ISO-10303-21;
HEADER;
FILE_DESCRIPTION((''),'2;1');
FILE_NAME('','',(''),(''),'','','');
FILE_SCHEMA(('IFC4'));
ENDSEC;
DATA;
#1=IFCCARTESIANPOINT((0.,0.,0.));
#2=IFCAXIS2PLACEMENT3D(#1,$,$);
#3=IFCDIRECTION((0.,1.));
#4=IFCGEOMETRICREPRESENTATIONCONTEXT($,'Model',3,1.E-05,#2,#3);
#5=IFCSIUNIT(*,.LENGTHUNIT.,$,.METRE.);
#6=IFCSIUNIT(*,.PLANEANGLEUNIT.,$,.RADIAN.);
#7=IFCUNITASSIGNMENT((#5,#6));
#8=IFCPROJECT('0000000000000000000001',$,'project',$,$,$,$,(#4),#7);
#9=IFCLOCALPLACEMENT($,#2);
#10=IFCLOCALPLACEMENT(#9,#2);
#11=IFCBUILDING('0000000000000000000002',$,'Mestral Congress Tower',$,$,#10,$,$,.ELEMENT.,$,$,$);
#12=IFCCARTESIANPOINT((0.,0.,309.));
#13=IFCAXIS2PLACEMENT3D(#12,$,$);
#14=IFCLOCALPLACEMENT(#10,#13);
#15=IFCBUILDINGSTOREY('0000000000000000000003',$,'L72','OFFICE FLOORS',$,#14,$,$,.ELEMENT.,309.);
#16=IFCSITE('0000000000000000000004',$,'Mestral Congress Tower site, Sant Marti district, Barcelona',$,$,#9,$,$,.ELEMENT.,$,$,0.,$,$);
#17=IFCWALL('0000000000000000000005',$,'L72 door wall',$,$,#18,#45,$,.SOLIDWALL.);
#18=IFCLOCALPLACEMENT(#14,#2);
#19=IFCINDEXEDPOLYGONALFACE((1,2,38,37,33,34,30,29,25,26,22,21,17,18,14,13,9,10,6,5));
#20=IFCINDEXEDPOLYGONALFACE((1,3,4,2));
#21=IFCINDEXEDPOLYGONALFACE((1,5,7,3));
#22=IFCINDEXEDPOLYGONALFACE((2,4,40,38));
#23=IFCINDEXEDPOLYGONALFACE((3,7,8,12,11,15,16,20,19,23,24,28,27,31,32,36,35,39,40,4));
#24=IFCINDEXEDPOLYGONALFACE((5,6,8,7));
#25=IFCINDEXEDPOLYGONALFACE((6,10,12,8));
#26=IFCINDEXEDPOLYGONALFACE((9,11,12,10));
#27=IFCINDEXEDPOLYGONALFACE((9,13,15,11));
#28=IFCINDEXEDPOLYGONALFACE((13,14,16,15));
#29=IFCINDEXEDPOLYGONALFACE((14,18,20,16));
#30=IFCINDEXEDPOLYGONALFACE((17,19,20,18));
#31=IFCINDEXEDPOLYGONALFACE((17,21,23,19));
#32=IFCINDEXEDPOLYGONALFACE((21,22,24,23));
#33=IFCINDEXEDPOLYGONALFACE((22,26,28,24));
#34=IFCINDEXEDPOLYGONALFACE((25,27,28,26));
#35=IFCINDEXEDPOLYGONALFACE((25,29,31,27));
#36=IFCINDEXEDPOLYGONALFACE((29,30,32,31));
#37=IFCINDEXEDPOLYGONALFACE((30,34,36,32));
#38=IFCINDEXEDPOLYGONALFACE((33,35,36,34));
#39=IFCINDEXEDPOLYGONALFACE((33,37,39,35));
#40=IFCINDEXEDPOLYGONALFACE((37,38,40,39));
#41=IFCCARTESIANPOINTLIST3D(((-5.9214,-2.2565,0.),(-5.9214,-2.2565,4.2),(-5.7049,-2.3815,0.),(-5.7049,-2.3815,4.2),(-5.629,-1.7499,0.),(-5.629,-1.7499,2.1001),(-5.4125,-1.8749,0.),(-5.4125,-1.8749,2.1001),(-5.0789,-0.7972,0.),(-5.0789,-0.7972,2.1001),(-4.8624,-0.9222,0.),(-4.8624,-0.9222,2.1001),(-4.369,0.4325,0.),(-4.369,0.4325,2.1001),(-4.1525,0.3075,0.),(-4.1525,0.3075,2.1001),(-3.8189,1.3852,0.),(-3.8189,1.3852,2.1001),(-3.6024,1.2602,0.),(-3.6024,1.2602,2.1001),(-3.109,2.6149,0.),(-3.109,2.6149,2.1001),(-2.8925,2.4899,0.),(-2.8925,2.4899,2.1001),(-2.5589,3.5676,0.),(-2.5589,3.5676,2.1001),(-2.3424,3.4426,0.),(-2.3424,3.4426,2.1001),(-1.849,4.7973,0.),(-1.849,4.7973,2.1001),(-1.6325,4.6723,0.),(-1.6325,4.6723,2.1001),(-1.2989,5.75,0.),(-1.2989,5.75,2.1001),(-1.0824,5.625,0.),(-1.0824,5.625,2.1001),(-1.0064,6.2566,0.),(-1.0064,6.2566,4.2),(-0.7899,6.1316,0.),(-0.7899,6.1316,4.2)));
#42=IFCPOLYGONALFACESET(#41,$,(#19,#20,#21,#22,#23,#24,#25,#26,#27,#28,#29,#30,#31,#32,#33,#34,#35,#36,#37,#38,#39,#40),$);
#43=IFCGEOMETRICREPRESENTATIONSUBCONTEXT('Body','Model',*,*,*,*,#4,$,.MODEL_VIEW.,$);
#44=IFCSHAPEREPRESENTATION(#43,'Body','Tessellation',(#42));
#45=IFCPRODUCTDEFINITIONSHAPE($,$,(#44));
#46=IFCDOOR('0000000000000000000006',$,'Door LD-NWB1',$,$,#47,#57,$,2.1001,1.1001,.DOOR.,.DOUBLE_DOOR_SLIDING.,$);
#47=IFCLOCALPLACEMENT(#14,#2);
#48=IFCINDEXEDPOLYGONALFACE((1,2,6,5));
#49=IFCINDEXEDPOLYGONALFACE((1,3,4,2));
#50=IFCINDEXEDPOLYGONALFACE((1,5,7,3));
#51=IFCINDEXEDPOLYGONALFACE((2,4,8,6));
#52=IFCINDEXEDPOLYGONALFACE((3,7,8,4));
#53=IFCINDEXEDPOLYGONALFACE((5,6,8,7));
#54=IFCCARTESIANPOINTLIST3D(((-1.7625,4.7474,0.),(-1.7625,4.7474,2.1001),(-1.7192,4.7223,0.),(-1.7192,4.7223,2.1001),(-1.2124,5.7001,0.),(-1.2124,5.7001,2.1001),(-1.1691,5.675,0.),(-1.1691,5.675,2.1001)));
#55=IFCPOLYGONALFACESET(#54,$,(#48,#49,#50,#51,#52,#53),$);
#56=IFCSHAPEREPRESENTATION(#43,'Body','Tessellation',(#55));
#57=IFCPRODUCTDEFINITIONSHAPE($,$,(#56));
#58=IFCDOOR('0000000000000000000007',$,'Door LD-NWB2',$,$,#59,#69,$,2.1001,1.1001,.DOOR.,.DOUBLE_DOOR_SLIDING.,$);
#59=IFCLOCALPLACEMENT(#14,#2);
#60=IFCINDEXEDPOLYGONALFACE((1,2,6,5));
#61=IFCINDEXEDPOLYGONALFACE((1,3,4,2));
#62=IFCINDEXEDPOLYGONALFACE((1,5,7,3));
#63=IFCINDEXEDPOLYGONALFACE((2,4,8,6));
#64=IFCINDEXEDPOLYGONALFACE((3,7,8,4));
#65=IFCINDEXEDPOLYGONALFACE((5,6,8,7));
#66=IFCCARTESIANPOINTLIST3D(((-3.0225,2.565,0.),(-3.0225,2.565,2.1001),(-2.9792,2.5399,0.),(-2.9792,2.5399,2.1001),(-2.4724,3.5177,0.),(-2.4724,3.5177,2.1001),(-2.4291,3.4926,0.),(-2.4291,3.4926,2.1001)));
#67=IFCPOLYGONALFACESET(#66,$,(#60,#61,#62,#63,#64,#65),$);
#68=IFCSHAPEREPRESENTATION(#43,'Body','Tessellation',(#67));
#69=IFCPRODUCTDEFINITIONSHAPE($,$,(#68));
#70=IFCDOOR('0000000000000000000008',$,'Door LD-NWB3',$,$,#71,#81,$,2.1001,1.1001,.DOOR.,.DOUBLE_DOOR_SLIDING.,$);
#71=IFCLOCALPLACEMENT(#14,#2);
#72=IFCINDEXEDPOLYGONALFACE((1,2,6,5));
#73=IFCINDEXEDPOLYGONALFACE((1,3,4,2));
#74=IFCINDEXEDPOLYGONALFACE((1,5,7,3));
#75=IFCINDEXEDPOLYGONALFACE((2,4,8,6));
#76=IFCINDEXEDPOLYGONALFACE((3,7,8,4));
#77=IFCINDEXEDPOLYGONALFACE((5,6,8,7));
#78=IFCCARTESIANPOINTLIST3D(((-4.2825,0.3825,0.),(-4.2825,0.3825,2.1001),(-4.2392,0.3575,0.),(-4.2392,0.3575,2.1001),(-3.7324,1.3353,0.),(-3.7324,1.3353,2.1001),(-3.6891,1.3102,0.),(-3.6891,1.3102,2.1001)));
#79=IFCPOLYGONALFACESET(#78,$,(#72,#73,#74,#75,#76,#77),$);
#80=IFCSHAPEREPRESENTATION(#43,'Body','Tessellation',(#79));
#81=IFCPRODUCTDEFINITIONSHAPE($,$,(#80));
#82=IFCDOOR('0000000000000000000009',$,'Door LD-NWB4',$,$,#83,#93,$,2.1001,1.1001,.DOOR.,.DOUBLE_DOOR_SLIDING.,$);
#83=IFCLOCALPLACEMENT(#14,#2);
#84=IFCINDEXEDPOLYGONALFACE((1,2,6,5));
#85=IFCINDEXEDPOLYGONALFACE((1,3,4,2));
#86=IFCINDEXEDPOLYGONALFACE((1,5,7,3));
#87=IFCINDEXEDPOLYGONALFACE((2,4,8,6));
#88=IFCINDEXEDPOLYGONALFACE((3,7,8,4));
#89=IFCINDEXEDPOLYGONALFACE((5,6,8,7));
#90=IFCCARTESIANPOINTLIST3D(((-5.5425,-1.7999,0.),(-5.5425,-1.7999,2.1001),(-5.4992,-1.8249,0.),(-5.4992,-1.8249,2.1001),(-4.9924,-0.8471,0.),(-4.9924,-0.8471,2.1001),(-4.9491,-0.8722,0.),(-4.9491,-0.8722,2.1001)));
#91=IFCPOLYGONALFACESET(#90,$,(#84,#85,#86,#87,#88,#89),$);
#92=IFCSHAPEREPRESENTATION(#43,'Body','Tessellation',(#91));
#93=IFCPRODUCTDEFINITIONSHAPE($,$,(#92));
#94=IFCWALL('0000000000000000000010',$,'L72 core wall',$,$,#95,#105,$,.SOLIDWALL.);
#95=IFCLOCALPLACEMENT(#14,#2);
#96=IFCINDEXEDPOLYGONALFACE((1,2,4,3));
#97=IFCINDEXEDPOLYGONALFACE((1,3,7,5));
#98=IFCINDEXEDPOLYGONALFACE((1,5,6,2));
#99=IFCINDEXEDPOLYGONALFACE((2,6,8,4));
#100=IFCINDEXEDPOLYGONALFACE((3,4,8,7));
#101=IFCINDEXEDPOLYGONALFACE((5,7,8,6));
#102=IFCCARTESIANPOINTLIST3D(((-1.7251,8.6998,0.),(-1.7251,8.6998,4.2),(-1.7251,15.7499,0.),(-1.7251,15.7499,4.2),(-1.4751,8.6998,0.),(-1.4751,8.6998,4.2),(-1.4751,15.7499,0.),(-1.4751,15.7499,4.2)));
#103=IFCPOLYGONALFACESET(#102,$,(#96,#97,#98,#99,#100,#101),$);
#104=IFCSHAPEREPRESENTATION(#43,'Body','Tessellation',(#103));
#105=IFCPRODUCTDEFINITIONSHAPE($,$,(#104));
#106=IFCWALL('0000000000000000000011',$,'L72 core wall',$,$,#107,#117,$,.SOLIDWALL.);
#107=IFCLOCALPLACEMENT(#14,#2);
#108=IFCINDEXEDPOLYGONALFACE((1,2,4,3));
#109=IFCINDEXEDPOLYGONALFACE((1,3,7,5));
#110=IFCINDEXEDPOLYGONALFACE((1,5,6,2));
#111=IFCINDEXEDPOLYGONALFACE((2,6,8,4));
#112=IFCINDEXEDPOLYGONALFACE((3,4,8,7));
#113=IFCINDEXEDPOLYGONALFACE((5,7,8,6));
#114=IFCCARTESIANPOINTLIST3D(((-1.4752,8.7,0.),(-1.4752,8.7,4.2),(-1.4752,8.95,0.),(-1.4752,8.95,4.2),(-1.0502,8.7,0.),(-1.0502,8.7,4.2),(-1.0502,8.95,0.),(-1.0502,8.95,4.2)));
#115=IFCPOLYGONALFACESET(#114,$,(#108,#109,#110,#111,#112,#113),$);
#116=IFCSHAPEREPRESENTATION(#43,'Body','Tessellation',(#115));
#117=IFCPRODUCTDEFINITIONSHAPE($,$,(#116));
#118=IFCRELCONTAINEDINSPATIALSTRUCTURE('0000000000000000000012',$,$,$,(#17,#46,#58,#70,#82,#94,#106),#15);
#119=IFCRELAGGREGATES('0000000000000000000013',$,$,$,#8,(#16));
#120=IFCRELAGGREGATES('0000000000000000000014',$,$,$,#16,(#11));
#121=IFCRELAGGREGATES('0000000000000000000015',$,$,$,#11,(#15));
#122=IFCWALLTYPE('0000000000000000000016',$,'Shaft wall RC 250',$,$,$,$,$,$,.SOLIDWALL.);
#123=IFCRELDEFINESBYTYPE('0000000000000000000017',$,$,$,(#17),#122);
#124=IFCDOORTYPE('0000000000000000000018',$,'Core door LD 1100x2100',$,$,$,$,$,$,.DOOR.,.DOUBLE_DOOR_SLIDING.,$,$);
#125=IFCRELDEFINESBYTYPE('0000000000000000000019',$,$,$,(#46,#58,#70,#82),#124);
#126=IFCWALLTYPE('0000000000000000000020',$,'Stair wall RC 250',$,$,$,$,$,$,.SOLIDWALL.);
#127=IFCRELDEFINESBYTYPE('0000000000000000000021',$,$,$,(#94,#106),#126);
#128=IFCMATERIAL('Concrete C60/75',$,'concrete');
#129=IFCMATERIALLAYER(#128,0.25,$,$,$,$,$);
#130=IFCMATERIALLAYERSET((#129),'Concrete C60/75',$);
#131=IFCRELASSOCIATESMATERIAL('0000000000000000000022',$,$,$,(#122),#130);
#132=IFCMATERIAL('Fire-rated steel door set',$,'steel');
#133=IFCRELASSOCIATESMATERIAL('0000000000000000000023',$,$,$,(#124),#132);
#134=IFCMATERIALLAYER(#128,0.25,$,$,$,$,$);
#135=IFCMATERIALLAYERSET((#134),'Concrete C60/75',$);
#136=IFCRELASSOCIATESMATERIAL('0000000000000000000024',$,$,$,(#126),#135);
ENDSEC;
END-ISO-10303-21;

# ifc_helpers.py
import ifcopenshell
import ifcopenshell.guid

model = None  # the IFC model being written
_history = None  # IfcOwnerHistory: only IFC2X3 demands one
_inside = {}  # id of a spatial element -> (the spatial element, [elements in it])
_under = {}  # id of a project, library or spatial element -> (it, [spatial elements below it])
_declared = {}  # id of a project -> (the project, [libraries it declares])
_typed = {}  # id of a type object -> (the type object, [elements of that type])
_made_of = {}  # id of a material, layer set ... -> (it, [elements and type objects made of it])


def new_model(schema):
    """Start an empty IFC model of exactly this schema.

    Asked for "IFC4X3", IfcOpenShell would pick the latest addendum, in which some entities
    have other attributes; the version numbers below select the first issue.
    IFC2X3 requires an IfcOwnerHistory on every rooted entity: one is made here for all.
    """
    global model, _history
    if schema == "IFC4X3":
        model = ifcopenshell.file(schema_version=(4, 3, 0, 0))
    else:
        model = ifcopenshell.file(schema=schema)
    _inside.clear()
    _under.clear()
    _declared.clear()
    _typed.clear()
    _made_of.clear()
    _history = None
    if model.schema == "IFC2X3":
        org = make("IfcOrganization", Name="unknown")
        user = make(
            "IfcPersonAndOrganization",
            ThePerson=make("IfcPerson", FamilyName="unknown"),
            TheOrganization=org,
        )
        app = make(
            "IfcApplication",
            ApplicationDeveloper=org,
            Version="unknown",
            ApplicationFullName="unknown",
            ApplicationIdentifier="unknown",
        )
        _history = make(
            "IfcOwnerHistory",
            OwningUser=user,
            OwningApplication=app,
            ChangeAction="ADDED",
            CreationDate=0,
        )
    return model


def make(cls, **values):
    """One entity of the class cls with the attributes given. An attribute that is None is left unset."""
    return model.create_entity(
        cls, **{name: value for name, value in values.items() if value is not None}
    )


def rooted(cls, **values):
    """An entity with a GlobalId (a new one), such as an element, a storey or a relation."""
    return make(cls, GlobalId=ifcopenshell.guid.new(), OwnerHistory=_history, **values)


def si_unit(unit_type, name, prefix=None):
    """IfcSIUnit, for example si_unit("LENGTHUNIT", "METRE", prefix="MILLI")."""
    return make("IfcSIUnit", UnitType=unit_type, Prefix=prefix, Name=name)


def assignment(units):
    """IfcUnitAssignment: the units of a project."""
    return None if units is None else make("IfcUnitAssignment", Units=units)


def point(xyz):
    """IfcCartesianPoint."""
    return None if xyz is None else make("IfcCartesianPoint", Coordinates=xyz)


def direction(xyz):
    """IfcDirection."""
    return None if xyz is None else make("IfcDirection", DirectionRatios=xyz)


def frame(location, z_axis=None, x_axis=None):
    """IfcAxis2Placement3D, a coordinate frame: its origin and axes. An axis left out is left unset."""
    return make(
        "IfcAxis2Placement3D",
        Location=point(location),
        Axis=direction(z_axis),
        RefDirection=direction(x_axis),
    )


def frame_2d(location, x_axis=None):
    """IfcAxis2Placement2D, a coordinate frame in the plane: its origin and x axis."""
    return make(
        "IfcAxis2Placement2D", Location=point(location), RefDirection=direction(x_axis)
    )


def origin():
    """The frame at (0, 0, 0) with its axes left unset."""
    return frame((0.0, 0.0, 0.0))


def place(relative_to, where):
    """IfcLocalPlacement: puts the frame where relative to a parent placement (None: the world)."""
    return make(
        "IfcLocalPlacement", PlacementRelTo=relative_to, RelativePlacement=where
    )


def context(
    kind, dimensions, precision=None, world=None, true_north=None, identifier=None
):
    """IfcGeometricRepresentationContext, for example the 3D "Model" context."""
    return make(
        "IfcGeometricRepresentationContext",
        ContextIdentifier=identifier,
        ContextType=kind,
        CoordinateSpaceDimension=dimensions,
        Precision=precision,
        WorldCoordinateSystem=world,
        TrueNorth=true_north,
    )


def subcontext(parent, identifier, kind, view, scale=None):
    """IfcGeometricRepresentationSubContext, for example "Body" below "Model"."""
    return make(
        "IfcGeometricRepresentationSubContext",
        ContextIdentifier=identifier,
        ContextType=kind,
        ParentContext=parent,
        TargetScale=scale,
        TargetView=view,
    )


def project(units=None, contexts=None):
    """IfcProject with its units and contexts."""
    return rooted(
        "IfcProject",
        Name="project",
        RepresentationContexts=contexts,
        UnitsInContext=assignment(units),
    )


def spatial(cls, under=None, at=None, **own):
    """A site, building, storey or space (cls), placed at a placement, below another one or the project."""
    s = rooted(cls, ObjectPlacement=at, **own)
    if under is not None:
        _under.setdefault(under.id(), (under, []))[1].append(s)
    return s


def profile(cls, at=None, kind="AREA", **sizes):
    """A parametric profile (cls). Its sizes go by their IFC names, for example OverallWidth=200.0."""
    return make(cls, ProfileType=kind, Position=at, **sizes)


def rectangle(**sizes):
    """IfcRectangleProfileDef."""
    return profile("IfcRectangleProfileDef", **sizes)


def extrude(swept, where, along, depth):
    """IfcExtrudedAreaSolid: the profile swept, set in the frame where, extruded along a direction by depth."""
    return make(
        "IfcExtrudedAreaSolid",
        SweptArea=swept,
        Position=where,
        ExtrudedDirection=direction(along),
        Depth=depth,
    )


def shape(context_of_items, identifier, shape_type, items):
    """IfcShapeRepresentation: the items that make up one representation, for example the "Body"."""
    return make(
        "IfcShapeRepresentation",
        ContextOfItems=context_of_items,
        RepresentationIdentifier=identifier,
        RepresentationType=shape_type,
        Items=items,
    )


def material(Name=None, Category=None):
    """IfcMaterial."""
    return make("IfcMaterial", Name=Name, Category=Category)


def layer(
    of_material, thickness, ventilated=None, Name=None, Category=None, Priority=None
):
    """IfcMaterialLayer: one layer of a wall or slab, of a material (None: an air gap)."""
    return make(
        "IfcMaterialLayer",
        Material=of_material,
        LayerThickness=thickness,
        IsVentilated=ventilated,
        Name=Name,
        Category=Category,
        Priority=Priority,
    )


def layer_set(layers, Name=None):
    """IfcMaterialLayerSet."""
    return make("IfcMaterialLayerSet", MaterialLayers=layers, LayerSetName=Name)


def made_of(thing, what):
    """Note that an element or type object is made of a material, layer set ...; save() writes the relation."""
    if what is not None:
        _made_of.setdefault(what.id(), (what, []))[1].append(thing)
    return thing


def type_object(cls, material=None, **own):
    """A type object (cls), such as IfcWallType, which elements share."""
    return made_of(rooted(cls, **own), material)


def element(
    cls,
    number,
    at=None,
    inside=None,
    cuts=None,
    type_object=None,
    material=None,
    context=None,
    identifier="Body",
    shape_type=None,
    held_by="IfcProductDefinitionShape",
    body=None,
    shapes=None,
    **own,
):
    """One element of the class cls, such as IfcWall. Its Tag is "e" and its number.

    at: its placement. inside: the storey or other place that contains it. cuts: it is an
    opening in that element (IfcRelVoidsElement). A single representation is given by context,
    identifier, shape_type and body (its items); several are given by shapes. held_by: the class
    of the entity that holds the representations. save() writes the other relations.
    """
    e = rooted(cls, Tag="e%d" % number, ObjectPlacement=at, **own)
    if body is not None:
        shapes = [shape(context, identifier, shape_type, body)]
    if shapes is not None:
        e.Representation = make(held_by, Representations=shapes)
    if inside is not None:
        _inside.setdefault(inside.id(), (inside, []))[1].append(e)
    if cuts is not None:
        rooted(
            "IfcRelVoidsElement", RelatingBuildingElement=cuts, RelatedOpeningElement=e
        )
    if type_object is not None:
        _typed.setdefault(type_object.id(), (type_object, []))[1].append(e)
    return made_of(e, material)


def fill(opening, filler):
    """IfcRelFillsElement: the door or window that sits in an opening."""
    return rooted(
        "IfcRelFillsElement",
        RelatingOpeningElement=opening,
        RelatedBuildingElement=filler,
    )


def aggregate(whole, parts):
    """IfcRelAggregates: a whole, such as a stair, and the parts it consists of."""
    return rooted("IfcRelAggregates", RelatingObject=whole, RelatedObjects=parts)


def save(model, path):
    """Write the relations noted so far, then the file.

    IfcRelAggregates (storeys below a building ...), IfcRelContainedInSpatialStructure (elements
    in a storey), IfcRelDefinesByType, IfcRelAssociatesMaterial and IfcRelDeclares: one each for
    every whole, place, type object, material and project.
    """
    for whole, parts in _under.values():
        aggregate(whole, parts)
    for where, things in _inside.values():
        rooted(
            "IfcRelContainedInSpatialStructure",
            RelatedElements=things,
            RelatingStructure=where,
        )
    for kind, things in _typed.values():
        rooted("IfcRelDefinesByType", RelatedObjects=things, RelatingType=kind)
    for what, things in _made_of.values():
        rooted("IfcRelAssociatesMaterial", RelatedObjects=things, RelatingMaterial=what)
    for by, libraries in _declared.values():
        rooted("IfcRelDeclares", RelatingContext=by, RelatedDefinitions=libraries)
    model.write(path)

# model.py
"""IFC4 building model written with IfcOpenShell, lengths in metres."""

from ifc_helpers import new_model, si_unit, direction, frame, frame_2d, origin, place, context, subcontext, project, spatial, rectangle, extrude, material, layer, layer_set, type_object, element, fill, save


model = new_model("IFC4")

# Units and contexts
model_context = context("Model", 3, precision=1e-05, world=origin(), true_north=direction((0.0, 1.0)))
body_context = subcontext(model_context, "Body", "Model", "MODEL_VIEW")
ifc_project = project(units=[si_unit("LENGTHUNIT", "METRE"), si_unit("PLANEANGLEUNIT", "RADIAN")], contexts=[model_context])

# Site, building, storey
site_placement = place(None, origin())
site = spatial("IfcSite", under=ifc_project, at=site_placement, Name="Mestral Congress Tower site, Sant Marti district, Barcelona", CompositionType="ELEMENT", RefElevation=0.0)
building_placement = place(site_placement, origin())
building = spatial("IfcBuilding", under=site, at=building_placement, Name="Mestral Congress Tower", CompositionType="ELEMENT")
storey_placement = place(building_placement, frame((0.0, 0.0, 309.0)))
storey = spatial("IfcBuildingStorey", under=building, at=storey_placement, Name="L72", Description="OFFICE FLOORS", CompositionType="ELEMENT", Elevation=309.0)

# Shared definitions
ifc_material_1 = material(Name="Concrete C60/75", Category="concrete")

# Shared definitions
ifc_material_2 = material(Name="Fire-rated steel door set", Category="steel")

# Shared definitions
ifc_layer_1 = layer(ifc_material_1, 0.25)
ifc_layer_set_1 = layer_set([ifc_layer_1], Name="Concrete C60/75")
wall_type_1 = type_object("IfcWallType", Name="Shaft wall RC 250", PredefinedType="SOLIDWALL", material=ifc_layer_set_1)

# Wall, openings, doors
wall_1_placement = place(storey_placement, frame((-0.8982, 6.1941, 0.0), z_axis=(0.0, 0.0, 1.0), x_axis=(-0.499996, -0.866028, 0.0)))
wall_1 = element("IfcWall", 1, at=wall_1_placement, inside=storey, type_object=wall_type_1, Name="L72 door wall", PredefinedType="SOLIDWALL", context=body_context, shape_type="SweptSolid", body=[
    extrude(rectangle(XDim=9.8301, YDim=0.25, at=frame_2d((4.915, 0.0))), origin(), (0.0, 0.0, 1.0), 4.2),
])
opening_1_placement = place(wall_1_placement, frame((0.585, 0.0, 0.0)))
opening_1 = element("IfcOpeningElement", 2, at=opening_1_placement, cuts=wall_1, PredefinedType="OPENING", context=body_context, shape_type="SweptSolid", body=[
    extrude(rectangle(XDim=1.1001, YDim=2.1001, at=frame_2d((0.55, 1.05))), frame((0.0, 0.135, 0.0), z_axis=(0.0, -1.0, 0.0), x_axis=(1.0, 0.0, 0.0)), (0.0, 0.0, 1.0), 0.27),
])
opening_2_placement = place(wall_1_placement, frame((3.105, 0.0, 0.0)))
opening_2 = element("IfcOpeningElement", 3, at=opening_2_placement, cuts=wall_1, PredefinedType="OPENING", context=body_context, shape_type="SweptSolid", body=[
    extrude(rectangle(XDim=1.1001, YDim=2.1001, at=frame_2d((0.55, 1.05))), frame((0.0, 0.135, 0.0), z_axis=(0.0, -1.0, 0.0), x_axis=(1.0, 0.0, 0.0)), (0.0, 0.0, 1.0), 0.27),
])
opening_3_placement = place(wall_1_placement, frame((5.625, 0.0, 0.0)))
opening_3 = element("IfcOpeningElement", 4, at=opening_3_placement, cuts=wall_1, PredefinedType="OPENING", context=body_context, shape_type="SweptSolid", body=[
    extrude(rectangle(XDim=1.1001, YDim=2.1001, at=frame_2d((0.55, 1.05))), frame((0.0, 0.135, 0.0), z_axis=(0.0, -1.0, 0.0), x_axis=(1.0, 0.0, 0.0)), (0.0, 0.0, 1.0), 0.27),
])
opening_4_placement = place(wall_1_placement, frame((8.145, 0.0, 0.0)))
opening_4 = element("IfcOpeningElement", 5, at=opening_4_placement, cuts=wall_1, PredefinedType="OPENING", context=body_context, shape_type="SweptSolid", body=[
    extrude(rectangle(XDim=1.1001, YDim=2.1001, at=frame_2d((0.55, 1.05))), frame((0.0, 0.135, 0.0), z_axis=(0.0, -1.0, 0.0), x_axis=(1.0, 0.0, 0.0)), (0.0, 0.0, 1.0), 0.27),
])
door_type_1 = type_object("IfcDoorType", Name="Core door LD 1100x2100", OperationType="DOUBLE_DOOR_SLIDING", PredefinedType="DOOR", material=ifc_material_2)
door_1_placement = place(opening_1_placement, origin())
door_1 = element("IfcDoor", 6, at=door_1_placement, inside=storey, type_object=door_type_1, Name="Door LD-NWB1", OperationType="DOUBLE_DOOR_SLIDING", OverallHeight=2.1001, OverallWidth=1.1001, PredefinedType="DOOR", context=body_context, shape_type="SweptSolid", body=[
    extrude(rectangle(XDim=1.1001, YDim=2.1001, at=frame_2d((0.55, 1.05))), frame((0.0, 0.0249, 0.0), z_axis=(0.0, -1.0, 0.0), x_axis=(1.0, 0.0, 0.0)), (0.0, 0.0, 1.0), 0.05),
])
fill(opening_1, door_1)
door_2_placement = place(opening_2_placement, origin())
door_2 = element("IfcDoor", 7, at=door_2_placement, inside=storey, type_object=door_type_1, Name="Door LD-NWB2", OperationType="DOUBLE_DOOR_SLIDING", OverallHeight=2.1001, OverallWidth=1.1001, PredefinedType="DOOR", context=body_context, shape_type="SweptSolid", body=[
    extrude(rectangle(XDim=1.1001, YDim=2.1001, at=frame_2d((0.55, 1.05))), frame((0.0, 0.0249, 0.0), z_axis=(0.0, -1.0, 0.0), x_axis=(1.0, 0.0, 0.0)), (0.0, 0.0, 1.0), 0.05),
])
fill(opening_2, door_2)
door_3_placement = place(opening_3_placement, origin())
door_3 = element("IfcDoor", 8, at=door_3_placement, inside=storey, type_object=door_type_1, Name="Door LD-NWB3", OperationType="DOUBLE_DOOR_SLIDING", OverallHeight=2.1001, OverallWidth=1.1001, PredefinedType="DOOR", context=body_context, shape_type="SweptSolid", body=[
    extrude(rectangle(XDim=1.1001, YDim=2.1001, at=frame_2d((0.55, 1.05))), frame((0.0, 0.0249, 0.0), z_axis=(0.0, -1.0, 0.0), x_axis=(1.0, 0.0, 0.0)), (0.0, 0.0, 1.0), 0.05),
])
fill(opening_3, door_3)
door_4_placement = place(opening_4_placement, origin())
door_4 = element("IfcDoor", 9, at=door_4_placement, inside=storey, type_object=door_type_1, Name="Door LD-NWB4", OperationType="DOUBLE_DOOR_SLIDING", OverallHeight=2.1001, OverallWidth=1.1001, PredefinedType="DOOR", context=body_context, shape_type="SweptSolid", body=[
    extrude(rectangle(XDim=1.1001, YDim=2.1001, at=frame_2d((0.55, 1.05))), frame((0.0, 0.0249, 0.0), z_axis=(0.0, -1.0, 0.0), x_axis=(1.0, 0.0, 0.0)), (0.0, 0.0, 1.0), 0.05),
])
fill(opening_4, door_4)

# Walls
ifc_layer_2 = layer(ifc_material_1, 0.25)
ifc_layer_set_2 = layer_set([ifc_layer_2], Name="Concrete C60/75")
wall_type_2 = type_object("IfcWallType", Name="Stair wall RC 250", PredefinedType="SOLIDWALL", material=ifc_layer_set_2)
wall_2_placement = place(storey_placement, frame((-1.6001, 8.7, 0.0), z_axis=(0.0, 0.0, 1.0), x_axis=(0.0, 1.0, 0.0)))
element("IfcWall", 10, at=wall_2_placement, inside=storey, type_object=wall_type_2, Name="L72 core wall", PredefinedType="SOLIDWALL", context=body_context, shape_type="SweptSolid", body=[
    extrude(rectangle(XDim=7.05, YDim=0.25, at=frame_2d((3.5249, 0.0))), origin(), (0.0, 0.0, 1.0), 4.2),
])
wall_3_placement = place(storey_placement, frame((-1.4751, 8.825, 0.0), z_axis=(0.0, 0.0, 1.0), x_axis=(1.0, 0.0, 0.0)))
element("IfcWall", 11, at=wall_3_placement, inside=storey, type_object=wall_type_2, Name="L72 core wall", PredefinedType="SOLIDWALL", context=body_context, shape_type="SweptSolid", body=[
    extrude(rectangle(XDim=0.425, YDim=0.25, at=frame_2d((0.2124, 0.0))), origin(), (0.0, 0.0, 1.0), 4.2),
])

save(model, "model.ifc")
